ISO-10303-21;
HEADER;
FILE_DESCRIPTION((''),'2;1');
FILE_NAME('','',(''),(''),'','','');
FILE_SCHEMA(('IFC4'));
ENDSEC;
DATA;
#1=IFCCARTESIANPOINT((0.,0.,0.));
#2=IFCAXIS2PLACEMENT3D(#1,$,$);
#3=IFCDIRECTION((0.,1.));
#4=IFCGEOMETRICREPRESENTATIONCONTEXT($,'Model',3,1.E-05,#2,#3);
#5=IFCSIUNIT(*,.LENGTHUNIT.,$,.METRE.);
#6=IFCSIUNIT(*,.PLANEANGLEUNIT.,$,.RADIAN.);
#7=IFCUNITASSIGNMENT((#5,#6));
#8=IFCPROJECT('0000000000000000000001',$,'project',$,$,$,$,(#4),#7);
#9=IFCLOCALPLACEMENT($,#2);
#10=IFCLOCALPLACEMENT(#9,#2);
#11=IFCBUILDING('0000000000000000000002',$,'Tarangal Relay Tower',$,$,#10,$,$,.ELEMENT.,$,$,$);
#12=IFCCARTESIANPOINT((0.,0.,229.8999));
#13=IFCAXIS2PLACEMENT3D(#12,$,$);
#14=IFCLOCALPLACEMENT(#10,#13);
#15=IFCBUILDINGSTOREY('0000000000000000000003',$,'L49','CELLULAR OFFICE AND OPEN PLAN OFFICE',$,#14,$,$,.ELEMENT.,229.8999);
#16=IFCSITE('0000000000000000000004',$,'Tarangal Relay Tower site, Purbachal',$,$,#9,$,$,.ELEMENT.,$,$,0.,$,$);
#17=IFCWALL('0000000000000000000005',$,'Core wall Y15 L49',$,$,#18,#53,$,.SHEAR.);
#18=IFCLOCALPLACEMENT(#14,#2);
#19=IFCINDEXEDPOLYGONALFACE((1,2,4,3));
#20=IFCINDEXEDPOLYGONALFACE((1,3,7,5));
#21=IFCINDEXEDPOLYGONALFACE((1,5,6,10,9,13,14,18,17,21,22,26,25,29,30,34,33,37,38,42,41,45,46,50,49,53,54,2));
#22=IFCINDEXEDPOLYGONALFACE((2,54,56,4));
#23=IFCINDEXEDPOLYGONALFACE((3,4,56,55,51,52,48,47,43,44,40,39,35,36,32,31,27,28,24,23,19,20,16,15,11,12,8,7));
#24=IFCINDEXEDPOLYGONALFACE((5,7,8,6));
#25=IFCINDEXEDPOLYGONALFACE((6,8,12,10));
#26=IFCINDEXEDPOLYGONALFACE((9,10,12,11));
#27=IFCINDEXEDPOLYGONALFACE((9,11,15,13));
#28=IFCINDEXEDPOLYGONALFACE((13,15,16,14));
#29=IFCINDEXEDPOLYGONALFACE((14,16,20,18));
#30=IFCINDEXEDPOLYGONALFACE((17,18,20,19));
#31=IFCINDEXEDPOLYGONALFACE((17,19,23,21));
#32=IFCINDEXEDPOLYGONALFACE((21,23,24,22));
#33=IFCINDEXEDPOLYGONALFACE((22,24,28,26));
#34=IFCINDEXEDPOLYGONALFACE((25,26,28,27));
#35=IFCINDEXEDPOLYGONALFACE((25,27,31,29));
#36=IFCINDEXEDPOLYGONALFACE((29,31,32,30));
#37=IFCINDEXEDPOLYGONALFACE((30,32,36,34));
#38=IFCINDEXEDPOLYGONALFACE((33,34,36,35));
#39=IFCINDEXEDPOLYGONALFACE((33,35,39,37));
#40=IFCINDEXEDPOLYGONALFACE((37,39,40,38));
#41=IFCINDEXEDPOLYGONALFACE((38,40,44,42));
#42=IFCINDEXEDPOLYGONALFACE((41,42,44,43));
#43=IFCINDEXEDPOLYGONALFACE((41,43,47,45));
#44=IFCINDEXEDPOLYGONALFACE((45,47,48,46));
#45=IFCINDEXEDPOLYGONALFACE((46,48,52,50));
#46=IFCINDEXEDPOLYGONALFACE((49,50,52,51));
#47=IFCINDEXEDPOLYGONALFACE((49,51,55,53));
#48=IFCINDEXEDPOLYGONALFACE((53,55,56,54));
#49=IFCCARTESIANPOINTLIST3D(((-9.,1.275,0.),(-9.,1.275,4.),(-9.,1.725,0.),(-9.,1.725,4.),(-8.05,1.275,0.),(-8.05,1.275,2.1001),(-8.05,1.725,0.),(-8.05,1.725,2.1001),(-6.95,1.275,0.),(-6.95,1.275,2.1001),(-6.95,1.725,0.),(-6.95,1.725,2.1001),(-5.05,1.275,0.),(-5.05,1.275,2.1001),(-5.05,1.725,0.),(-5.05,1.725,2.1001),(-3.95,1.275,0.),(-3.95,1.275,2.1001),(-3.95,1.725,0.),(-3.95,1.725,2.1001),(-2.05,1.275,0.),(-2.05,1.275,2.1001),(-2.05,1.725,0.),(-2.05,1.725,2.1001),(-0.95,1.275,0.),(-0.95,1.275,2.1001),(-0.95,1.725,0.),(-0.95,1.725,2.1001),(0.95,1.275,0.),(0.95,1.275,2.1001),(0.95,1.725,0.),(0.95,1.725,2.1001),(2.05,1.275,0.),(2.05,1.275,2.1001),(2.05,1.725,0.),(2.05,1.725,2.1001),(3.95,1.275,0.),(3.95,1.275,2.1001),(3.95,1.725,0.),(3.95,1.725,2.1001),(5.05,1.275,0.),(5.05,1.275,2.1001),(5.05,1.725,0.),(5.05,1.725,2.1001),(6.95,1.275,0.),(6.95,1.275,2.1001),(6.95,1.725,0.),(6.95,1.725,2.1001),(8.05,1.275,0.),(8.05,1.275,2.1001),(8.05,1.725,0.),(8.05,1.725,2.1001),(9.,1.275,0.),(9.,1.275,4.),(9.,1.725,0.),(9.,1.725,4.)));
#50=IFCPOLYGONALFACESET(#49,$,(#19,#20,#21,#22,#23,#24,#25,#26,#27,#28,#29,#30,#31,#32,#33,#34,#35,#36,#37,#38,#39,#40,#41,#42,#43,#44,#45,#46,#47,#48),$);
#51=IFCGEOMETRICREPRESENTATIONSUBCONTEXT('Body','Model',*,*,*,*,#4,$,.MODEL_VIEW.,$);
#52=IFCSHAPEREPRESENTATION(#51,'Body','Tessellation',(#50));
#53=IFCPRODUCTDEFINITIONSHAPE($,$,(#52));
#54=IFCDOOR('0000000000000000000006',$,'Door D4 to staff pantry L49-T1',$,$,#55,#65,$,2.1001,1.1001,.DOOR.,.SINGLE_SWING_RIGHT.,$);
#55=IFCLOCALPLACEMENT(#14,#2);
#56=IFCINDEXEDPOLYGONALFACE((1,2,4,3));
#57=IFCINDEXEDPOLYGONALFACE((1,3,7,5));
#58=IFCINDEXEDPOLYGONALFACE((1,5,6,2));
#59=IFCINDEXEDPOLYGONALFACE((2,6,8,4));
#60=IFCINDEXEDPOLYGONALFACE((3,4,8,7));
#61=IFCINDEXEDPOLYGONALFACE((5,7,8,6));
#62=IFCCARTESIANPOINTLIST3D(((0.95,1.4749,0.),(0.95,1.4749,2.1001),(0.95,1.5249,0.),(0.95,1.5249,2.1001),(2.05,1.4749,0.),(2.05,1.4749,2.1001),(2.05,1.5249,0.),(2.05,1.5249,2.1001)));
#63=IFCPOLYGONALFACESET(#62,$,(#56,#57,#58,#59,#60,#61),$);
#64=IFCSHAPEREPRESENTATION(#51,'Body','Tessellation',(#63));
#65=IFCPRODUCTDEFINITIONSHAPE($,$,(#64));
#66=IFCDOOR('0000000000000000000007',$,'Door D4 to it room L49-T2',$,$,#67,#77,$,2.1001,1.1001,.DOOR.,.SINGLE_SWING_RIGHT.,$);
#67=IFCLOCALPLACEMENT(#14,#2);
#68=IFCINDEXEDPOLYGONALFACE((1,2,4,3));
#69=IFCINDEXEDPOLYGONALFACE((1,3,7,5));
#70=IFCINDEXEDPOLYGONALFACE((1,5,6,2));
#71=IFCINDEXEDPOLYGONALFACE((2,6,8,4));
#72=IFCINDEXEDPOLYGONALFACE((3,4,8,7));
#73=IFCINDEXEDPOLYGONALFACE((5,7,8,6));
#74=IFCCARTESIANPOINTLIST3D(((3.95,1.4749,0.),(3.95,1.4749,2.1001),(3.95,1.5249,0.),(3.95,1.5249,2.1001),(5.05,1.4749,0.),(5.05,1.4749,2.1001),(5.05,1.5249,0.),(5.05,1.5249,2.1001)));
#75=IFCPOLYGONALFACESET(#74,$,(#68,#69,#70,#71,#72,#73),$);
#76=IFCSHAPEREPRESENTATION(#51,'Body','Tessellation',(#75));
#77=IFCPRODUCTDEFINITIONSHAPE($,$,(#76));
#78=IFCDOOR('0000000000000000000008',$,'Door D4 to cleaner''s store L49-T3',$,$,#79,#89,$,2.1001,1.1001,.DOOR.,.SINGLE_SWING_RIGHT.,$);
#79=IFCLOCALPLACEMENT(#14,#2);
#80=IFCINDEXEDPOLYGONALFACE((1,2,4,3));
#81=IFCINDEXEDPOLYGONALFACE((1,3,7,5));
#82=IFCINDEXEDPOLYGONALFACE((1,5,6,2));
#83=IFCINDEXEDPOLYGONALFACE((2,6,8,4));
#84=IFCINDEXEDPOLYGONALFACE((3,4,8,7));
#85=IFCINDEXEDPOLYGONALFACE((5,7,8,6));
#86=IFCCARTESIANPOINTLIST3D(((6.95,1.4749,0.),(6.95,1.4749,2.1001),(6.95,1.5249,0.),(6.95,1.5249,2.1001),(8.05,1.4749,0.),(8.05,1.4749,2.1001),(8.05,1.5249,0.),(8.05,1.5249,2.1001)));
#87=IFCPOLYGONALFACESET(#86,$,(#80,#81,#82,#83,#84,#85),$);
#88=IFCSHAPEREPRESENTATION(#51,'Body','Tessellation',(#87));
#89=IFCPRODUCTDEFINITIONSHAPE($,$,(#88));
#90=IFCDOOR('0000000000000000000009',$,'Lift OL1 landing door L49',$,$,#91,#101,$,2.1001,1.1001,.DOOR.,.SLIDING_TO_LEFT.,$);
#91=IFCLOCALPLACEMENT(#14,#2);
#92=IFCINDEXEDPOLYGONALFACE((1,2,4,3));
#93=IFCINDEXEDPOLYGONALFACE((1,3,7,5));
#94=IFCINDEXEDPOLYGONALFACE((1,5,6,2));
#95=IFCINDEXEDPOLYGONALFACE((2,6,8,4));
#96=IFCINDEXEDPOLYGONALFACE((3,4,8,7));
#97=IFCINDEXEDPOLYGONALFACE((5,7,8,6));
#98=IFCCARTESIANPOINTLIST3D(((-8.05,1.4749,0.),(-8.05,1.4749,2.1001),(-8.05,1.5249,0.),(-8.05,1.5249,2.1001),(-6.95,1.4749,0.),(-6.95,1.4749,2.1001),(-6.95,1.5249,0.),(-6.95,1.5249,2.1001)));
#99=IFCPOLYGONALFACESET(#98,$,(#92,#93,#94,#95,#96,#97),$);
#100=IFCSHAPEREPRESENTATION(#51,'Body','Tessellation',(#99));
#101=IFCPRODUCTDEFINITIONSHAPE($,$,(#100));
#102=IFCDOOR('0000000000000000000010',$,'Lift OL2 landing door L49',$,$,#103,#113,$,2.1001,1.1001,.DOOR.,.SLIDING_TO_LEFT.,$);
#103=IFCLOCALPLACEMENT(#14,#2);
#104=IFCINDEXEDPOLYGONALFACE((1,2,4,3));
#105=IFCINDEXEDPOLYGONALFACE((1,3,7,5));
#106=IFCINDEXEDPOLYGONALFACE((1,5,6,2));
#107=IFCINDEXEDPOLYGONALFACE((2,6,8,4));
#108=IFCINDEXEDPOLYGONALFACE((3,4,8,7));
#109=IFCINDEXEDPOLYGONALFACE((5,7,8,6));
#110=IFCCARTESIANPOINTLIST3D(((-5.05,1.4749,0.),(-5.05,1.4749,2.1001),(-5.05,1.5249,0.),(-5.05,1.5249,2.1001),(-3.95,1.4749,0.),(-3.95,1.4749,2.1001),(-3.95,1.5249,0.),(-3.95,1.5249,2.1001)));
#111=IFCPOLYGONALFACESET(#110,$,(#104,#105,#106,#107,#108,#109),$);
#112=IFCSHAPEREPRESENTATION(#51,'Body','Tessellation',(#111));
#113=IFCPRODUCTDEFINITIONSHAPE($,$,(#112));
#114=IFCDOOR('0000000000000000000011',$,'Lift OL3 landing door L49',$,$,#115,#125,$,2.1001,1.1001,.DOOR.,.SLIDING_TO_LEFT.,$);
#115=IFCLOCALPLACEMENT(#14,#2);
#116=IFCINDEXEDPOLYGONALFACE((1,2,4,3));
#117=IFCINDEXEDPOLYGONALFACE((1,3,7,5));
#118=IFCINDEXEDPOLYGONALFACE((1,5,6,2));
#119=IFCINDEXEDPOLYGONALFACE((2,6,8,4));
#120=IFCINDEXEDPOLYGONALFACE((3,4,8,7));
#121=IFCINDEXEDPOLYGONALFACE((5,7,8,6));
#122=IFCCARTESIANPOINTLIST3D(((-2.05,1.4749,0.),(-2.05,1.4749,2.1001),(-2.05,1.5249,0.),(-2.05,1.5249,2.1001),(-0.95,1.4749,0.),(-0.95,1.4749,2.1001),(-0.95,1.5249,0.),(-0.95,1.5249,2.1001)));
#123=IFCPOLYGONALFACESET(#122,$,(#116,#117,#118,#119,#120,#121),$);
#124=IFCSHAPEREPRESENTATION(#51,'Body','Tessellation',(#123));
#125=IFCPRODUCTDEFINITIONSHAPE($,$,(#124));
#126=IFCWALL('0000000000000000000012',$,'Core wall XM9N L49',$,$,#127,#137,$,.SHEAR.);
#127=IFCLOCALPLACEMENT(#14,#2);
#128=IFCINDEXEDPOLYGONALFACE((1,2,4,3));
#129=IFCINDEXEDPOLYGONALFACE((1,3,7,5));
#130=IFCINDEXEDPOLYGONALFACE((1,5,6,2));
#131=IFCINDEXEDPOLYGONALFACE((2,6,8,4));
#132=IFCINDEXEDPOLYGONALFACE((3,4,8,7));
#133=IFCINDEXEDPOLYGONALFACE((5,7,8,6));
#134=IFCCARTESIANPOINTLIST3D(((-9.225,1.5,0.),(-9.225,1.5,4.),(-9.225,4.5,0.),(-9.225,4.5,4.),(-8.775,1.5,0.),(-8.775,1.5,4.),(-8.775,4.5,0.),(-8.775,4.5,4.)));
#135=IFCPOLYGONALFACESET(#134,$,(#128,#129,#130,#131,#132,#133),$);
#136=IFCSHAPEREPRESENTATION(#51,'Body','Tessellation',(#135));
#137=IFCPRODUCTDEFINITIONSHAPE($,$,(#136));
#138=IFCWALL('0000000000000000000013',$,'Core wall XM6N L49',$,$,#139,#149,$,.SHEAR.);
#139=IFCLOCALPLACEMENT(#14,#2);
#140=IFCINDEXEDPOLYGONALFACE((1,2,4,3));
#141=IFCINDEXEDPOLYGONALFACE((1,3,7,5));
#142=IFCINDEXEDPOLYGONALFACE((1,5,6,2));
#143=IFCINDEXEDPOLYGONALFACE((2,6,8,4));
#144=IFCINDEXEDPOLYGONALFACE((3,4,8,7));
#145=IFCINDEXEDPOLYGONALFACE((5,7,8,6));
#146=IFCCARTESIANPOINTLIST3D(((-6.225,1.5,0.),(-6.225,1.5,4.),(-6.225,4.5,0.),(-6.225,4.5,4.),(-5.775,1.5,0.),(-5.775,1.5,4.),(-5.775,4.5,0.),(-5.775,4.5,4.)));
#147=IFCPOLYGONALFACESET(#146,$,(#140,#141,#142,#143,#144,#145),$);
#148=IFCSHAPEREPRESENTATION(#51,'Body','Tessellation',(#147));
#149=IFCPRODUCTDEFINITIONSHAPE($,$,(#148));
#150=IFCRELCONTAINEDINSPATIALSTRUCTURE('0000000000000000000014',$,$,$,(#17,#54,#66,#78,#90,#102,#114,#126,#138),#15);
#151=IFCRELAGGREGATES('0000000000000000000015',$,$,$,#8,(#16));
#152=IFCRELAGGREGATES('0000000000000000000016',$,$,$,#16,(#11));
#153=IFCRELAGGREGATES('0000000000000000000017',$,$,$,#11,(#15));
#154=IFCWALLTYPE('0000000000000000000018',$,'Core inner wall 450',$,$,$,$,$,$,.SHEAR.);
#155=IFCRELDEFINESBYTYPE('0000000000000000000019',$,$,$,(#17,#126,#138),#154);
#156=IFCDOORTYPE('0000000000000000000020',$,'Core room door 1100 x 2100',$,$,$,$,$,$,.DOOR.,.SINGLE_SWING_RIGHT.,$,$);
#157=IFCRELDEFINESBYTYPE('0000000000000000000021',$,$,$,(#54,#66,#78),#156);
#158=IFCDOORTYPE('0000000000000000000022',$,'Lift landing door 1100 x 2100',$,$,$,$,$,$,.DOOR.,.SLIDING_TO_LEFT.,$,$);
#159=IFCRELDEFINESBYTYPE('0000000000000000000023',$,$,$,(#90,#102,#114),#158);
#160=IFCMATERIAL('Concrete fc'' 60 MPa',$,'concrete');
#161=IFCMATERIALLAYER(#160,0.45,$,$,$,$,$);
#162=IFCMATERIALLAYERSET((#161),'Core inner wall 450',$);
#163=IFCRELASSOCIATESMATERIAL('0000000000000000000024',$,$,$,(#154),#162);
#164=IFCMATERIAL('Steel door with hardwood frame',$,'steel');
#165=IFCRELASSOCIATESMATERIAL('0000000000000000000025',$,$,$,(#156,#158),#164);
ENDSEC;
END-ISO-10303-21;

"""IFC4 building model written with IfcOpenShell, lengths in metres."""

from ifc_helpers import new_model, si_unit, direction, frame, frame_2d, origin, place, context, subcontext, project, spatial, rectangle, extrude, material, layer, layer_set, type_object, element, fill, save


model = new_model("IFC4")

# Units and contexts
model_context = context("Model", 3, precision=1e-05, world=origin(), true_north=direction((0.0, 1.0)))
body_context = subcontext(model_context, "Body", "Model", "MODEL_VIEW")
ifc_project = project(units=[si_unit("LENGTHUNIT", "METRE"), si_unit("PLANEANGLEUNIT", "RADIAN")], contexts=[model_context])

# Site, building, storey
site_placement = place(None, origin())
site = spatial("IfcSite", under=ifc_project, at=site_placement, Name="Tarangal Relay Tower site, Purbachal", CompositionType="ELEMENT", RefElevation=0.0)
building_placement = place(site_placement, origin())
building = spatial("IfcBuilding", under=site, at=building_placement, Name="Tarangal Relay Tower", CompositionType="ELEMENT")
storey_placement = place(building_placement, frame((0.0, 0.0, 229.8999)))
storey = spatial("IfcBuildingStorey", under=building, at=storey_placement, Name="L49", Description="CELLULAR OFFICE AND OPEN PLAN OFFICE", CompositionType="ELEMENT", Elevation=229.8999)

# Wall, openings, doors
ifc_material_1 = material(Name="Concrete fc' 60 MPa", Category="concrete")
ifc_layer = layer(ifc_material_1, 0.45)
ifc_layer_set = layer_set([ifc_layer], Name="Core inner wall 450")
wall_type = type_object("IfcWallType", Name="Core inner wall 450", PredefinedType="SHEAR", material=ifc_layer_set)
wall_1_placement = place(storey_placement, frame((-9.0, 1.5, 0.0), z_axis=(0.0, 0.0, 1.0), x_axis=(1.0, 0.0, 0.0)))
wall_1 = element("IfcWall", 1, at=wall_1_placement, inside=storey, type_object=wall_type, Name="Core wall Y15 L49", PredefinedType="SHEAR", context=body_context, shape_type="SweptSolid", body=[
    extrude(rectangle(XDim=18.0, YDim=0.45, at=frame_2d((9.0, 0.0))), origin(), (0.0, 0.0, 1.0), 4.0),
])
opening_1_placement = place(wall_1_placement, frame((0.95, 0.0, 0.0)))
opening_1 = element("IfcOpeningElement", 2, at=opening_1_placement, cuts=wall_1, PredefinedType="OPENING", context=body_context, shape_type="SweptSolid", body=[
    extrude(rectangle(XDim=1.1001, YDim=2.1001, at=frame_2d((0.55, 1.05))), frame((0.0, 0.2349, 0.0), z_axis=(0.0, -1.0, 0.0), x_axis=(1.0, 0.0, 0.0)), (0.0, 0.0, 1.0), 0.47),
])
opening_2_placement = place(wall_1_placement, frame((3.95, 0.0, 0.0)))
opening_2 = element("IfcOpeningElement", 3, at=opening_2_placement, cuts=wall_1, PredefinedType="OPENING", context=body_context, shape_type="SweptSolid", body=[
    extrude(rectangle(XDim=1.1001, YDim=2.1001, at=frame_2d((0.55, 1.05))), frame((0.0, 0.2349, 0.0), z_axis=(0.0, -1.0, 0.0), x_axis=(1.0, 0.0, 0.0)), (0.0, 0.0, 1.0), 0.47),
])
opening_3_placement = place(wall_1_placement, frame((6.95, 0.0, 0.0)))
opening_3 = element("IfcOpeningElement", 4, at=opening_3_placement, cuts=wall_1, PredefinedType="OPENING", context=body_context, shape_type="SweptSolid", body=[
    extrude(rectangle(XDim=1.1001, YDim=2.1001, at=frame_2d((0.55, 1.05))), frame((0.0, 0.2349, 0.0), z_axis=(0.0, -1.0, 0.0), x_axis=(1.0, 0.0, 0.0)), (0.0, 0.0, 1.0), 0.47),
])
opening_4_placement = place(wall_1_placement, frame((9.95, 0.0, 0.0)))
opening_4 = element("IfcOpeningElement", 5, at=opening_4_placement, cuts=wall_1, PredefinedType="OPENING", context=body_context, shape_type="SweptSolid", body=[
    extrude(rectangle(XDim=1.1001, YDim=2.1001, at=frame_2d((0.55, 1.05))), frame((0.0, 0.2349, 0.0), z_axis=(0.0, -1.0, 0.0), x_axis=(1.0, 0.0, 0.0)), (0.0, 0.0, 1.0), 0.47),
])
opening_5_placement = place(wall_1_placement, frame((12.95, 0.0, 0.0)))
opening_5 = element("IfcOpeningElement", 6, at=opening_5_placement, cuts=wall_1, PredefinedType="OPENING", context=body_context, shape_type="SweptSolid", body=[
    extrude(rectangle(XDim=1.1001, YDim=2.1001, at=frame_2d((0.55, 1.05))), frame((0.0, 0.2349, 0.0), z_axis=(0.0, -1.0, 0.0), x_axis=(1.0, 0.0, 0.0)), (0.0, 0.0, 1.0), 0.47),
])
opening_6_placement = place(wall_1_placement, frame((15.95, 0.0, 0.0)))
opening_6 = element("IfcOpeningElement", 7, at=opening_6_placement, cuts=wall_1, PredefinedType="OPENING", context=body_context, shape_type="SweptSolid", body=[
    extrude(rectangle(XDim=1.1001, YDim=2.1001, at=frame_2d((0.55, 1.05))), frame((0.0, 0.2349, 0.0), z_axis=(0.0, -1.0, 0.0), x_axis=(1.0, 0.0, 0.0)), (0.0, 0.0, 1.0), 0.47),
])
ifc_material_2 = material(Name="Steel door with hardwood frame", Category="steel")
door_type_1 = type_object("IfcDoorType", Name="Core room door 1100 x 2100", OperationType="SINGLE_SWING_RIGHT", PredefinedType="DOOR", material=ifc_material_2)
door_1_placement = place(opening_4_placement, origin())
door_1 = element("IfcDoor", 8, at=door_1_placement, inside=storey, type_object=door_type_1, Name="Door D4 to staff pantry L49-T1", OperationType="SINGLE_SWING_RIGHT", OverallHeight=2.1001, OverallWidth=1.1001, PredefinedType="DOOR", context=body_context, shape_type="SweptSolid", body=[
    extrude(rectangle(XDim=1.1001, YDim=2.1001, at=frame_2d((0.55, 1.05))), frame((0.0, 0.0249, 0.0), z_axis=(0.0, -1.0, 0.0), x_axis=(1.0, 0.0, 0.0)), (0.0, 0.0, 1.0), 0.05),
])
fill(opening_4, door_1)
door_2_placement = place(opening_5_placement, origin())
door_2 = element("IfcDoor", 9, at=door_2_placement, inside=storey, type_object=door_type_1, Name="Door D4 to it room L49-T2", OperationType="SINGLE_SWING_RIGHT", OverallHeight=2.1001, OverallWidth=1.1001, PredefinedType="DOOR", context=body_context, shape_type="SweptSolid", body=[
    extrude(rectangle(XDim=1.1001, YDim=2.1001, at=frame_2d((0.55, 1.05))), frame((0.0, 0.0249, 0.0), z_axis=(0.0, -1.0, 0.0), x_axis=(1.0, 0.0, 0.0)), (0.0, 0.0, 1.0), 0.05),
])
fill(opening_5, door_2)
door_3_placement = place(opening_6_placement, origin())
door_3 = element("IfcDoor", 10, at=door_3_placement, inside=storey, type_object=door_type_1, Name="Door D4 to cleaner's store L49-T3", OperationType="SINGLE_SWING_RIGHT", OverallHeight=2.1001, OverallWidth=1.1001, PredefinedType="DOOR", context=body_context, shape_type="SweptSolid", body=[
    extrude(rectangle(XDim=1.1001, YDim=2.1001, at=frame_2d((0.55, 1.05))), frame((0.0, 0.0249, 0.0), z_axis=(0.0, -1.0, 0.0), x_axis=(1.0, 0.0, 0.0)), (0.0, 0.0, 1.0), 0.05),
])
fill(opening_6, door_3)
door_type_2 = type_object("IfcDoorType", Name="Lift landing door 1100 x 2100", OperationType="SLIDING_TO_LEFT", PredefinedType="DOOR", material=ifc_material_2)
door_4_placement = place(opening_1_placement, origin())
door_4 = element("IfcDoor", 11, at=door_4_placement, inside=storey, type_object=door_type_2, Name="Lift OL1 landing door L49", OperationType="SLIDING_TO_LEFT", OverallHeight=2.1001, OverallWidth=1.1001, PredefinedType="DOOR", context=body_context, shape_type="SweptSolid", body=[
    extrude(rectangle(XDim=1.1001, YDim=2.1001, at=frame_2d((0.55, 1.05))), frame((0.0, 0.0249, 0.0), z_axis=(0.0, -1.0, 0.0), x_axis=(1.0, 0.0, 0.0)), (0.0, 0.0, 1.0), 0.05),
])
fill(opening_1, door_4)
door_5_placement = place(opening_2_placement, origin())
door_5 = element("IfcDoor", 12, at=door_5_placement, inside=storey, type_object=door_type_2, Name="Lift OL2 landing door L49", OperationType="SLIDING_TO_LEFT", OverallHeight=2.1001, OverallWidth=1.1001, PredefinedType="DOOR", context=body_context, shape_type="SweptSolid", body=[
    extrude(rectangle(XDim=1.1001, YDim=2.1001, at=frame_2d((0.55, 1.05))), frame((0.0, 0.0249, 0.0), z_axis=(0.0, -1.0, 0.0), x_axis=(1.0, 0.0, 0.0)), (0.0, 0.0, 1.0), 0.05),
])
fill(opening_2, door_5)
door_6_placement = place(opening_3_placement, origin())
door_6 = element("IfcDoor", 13, at=door_6_placement, inside=storey, type_object=door_type_2, Name="Lift OL3 landing door L49", OperationType="SLIDING_TO_LEFT", OverallHeight=2.1001, OverallWidth=1.1001, PredefinedType="DOOR", context=body_context, shape_type="SweptSolid", body=[
    extrude(rectangle(XDim=1.1001, YDim=2.1001, at=frame_2d((0.55, 1.05))), frame((0.0, 0.0249, 0.0), z_axis=(0.0, -1.0, 0.0), x_axis=(1.0, 0.0, 0.0)), (0.0, 0.0, 1.0), 0.05),
])
fill(opening_3, door_6)

# Walls
for number, where, z_axis, x_axis, name in (
    (14, (-9.0, 1.5, 0.0), (0.0, 0.0, 1.0), (0.0, 1.0, 0.0), "Core wall XM9N L49"),
    (15, (-6.0, 1.5, 0.0), (0.0, 0.0, 1.0), (0.0, 1.0, 0.0), "Core wall XM6N L49"),
):
    element("IfcWall", number, at=place(storey_placement, frame(where, z_axis=z_axis, x_axis=x_axis)), inside=storey, type_object=wall_type, Name=name, PredefinedType="SHEAR", context=body_context, shape_type="SweptSolid", body=[
        extrude(rectangle(XDim=3.0, YDim=0.45, at=frame_2d((1.5, 0.0))), origin(), (0.0, 0.0, 1.0), 4.0),
    ])

save(model, "model.ifc")
